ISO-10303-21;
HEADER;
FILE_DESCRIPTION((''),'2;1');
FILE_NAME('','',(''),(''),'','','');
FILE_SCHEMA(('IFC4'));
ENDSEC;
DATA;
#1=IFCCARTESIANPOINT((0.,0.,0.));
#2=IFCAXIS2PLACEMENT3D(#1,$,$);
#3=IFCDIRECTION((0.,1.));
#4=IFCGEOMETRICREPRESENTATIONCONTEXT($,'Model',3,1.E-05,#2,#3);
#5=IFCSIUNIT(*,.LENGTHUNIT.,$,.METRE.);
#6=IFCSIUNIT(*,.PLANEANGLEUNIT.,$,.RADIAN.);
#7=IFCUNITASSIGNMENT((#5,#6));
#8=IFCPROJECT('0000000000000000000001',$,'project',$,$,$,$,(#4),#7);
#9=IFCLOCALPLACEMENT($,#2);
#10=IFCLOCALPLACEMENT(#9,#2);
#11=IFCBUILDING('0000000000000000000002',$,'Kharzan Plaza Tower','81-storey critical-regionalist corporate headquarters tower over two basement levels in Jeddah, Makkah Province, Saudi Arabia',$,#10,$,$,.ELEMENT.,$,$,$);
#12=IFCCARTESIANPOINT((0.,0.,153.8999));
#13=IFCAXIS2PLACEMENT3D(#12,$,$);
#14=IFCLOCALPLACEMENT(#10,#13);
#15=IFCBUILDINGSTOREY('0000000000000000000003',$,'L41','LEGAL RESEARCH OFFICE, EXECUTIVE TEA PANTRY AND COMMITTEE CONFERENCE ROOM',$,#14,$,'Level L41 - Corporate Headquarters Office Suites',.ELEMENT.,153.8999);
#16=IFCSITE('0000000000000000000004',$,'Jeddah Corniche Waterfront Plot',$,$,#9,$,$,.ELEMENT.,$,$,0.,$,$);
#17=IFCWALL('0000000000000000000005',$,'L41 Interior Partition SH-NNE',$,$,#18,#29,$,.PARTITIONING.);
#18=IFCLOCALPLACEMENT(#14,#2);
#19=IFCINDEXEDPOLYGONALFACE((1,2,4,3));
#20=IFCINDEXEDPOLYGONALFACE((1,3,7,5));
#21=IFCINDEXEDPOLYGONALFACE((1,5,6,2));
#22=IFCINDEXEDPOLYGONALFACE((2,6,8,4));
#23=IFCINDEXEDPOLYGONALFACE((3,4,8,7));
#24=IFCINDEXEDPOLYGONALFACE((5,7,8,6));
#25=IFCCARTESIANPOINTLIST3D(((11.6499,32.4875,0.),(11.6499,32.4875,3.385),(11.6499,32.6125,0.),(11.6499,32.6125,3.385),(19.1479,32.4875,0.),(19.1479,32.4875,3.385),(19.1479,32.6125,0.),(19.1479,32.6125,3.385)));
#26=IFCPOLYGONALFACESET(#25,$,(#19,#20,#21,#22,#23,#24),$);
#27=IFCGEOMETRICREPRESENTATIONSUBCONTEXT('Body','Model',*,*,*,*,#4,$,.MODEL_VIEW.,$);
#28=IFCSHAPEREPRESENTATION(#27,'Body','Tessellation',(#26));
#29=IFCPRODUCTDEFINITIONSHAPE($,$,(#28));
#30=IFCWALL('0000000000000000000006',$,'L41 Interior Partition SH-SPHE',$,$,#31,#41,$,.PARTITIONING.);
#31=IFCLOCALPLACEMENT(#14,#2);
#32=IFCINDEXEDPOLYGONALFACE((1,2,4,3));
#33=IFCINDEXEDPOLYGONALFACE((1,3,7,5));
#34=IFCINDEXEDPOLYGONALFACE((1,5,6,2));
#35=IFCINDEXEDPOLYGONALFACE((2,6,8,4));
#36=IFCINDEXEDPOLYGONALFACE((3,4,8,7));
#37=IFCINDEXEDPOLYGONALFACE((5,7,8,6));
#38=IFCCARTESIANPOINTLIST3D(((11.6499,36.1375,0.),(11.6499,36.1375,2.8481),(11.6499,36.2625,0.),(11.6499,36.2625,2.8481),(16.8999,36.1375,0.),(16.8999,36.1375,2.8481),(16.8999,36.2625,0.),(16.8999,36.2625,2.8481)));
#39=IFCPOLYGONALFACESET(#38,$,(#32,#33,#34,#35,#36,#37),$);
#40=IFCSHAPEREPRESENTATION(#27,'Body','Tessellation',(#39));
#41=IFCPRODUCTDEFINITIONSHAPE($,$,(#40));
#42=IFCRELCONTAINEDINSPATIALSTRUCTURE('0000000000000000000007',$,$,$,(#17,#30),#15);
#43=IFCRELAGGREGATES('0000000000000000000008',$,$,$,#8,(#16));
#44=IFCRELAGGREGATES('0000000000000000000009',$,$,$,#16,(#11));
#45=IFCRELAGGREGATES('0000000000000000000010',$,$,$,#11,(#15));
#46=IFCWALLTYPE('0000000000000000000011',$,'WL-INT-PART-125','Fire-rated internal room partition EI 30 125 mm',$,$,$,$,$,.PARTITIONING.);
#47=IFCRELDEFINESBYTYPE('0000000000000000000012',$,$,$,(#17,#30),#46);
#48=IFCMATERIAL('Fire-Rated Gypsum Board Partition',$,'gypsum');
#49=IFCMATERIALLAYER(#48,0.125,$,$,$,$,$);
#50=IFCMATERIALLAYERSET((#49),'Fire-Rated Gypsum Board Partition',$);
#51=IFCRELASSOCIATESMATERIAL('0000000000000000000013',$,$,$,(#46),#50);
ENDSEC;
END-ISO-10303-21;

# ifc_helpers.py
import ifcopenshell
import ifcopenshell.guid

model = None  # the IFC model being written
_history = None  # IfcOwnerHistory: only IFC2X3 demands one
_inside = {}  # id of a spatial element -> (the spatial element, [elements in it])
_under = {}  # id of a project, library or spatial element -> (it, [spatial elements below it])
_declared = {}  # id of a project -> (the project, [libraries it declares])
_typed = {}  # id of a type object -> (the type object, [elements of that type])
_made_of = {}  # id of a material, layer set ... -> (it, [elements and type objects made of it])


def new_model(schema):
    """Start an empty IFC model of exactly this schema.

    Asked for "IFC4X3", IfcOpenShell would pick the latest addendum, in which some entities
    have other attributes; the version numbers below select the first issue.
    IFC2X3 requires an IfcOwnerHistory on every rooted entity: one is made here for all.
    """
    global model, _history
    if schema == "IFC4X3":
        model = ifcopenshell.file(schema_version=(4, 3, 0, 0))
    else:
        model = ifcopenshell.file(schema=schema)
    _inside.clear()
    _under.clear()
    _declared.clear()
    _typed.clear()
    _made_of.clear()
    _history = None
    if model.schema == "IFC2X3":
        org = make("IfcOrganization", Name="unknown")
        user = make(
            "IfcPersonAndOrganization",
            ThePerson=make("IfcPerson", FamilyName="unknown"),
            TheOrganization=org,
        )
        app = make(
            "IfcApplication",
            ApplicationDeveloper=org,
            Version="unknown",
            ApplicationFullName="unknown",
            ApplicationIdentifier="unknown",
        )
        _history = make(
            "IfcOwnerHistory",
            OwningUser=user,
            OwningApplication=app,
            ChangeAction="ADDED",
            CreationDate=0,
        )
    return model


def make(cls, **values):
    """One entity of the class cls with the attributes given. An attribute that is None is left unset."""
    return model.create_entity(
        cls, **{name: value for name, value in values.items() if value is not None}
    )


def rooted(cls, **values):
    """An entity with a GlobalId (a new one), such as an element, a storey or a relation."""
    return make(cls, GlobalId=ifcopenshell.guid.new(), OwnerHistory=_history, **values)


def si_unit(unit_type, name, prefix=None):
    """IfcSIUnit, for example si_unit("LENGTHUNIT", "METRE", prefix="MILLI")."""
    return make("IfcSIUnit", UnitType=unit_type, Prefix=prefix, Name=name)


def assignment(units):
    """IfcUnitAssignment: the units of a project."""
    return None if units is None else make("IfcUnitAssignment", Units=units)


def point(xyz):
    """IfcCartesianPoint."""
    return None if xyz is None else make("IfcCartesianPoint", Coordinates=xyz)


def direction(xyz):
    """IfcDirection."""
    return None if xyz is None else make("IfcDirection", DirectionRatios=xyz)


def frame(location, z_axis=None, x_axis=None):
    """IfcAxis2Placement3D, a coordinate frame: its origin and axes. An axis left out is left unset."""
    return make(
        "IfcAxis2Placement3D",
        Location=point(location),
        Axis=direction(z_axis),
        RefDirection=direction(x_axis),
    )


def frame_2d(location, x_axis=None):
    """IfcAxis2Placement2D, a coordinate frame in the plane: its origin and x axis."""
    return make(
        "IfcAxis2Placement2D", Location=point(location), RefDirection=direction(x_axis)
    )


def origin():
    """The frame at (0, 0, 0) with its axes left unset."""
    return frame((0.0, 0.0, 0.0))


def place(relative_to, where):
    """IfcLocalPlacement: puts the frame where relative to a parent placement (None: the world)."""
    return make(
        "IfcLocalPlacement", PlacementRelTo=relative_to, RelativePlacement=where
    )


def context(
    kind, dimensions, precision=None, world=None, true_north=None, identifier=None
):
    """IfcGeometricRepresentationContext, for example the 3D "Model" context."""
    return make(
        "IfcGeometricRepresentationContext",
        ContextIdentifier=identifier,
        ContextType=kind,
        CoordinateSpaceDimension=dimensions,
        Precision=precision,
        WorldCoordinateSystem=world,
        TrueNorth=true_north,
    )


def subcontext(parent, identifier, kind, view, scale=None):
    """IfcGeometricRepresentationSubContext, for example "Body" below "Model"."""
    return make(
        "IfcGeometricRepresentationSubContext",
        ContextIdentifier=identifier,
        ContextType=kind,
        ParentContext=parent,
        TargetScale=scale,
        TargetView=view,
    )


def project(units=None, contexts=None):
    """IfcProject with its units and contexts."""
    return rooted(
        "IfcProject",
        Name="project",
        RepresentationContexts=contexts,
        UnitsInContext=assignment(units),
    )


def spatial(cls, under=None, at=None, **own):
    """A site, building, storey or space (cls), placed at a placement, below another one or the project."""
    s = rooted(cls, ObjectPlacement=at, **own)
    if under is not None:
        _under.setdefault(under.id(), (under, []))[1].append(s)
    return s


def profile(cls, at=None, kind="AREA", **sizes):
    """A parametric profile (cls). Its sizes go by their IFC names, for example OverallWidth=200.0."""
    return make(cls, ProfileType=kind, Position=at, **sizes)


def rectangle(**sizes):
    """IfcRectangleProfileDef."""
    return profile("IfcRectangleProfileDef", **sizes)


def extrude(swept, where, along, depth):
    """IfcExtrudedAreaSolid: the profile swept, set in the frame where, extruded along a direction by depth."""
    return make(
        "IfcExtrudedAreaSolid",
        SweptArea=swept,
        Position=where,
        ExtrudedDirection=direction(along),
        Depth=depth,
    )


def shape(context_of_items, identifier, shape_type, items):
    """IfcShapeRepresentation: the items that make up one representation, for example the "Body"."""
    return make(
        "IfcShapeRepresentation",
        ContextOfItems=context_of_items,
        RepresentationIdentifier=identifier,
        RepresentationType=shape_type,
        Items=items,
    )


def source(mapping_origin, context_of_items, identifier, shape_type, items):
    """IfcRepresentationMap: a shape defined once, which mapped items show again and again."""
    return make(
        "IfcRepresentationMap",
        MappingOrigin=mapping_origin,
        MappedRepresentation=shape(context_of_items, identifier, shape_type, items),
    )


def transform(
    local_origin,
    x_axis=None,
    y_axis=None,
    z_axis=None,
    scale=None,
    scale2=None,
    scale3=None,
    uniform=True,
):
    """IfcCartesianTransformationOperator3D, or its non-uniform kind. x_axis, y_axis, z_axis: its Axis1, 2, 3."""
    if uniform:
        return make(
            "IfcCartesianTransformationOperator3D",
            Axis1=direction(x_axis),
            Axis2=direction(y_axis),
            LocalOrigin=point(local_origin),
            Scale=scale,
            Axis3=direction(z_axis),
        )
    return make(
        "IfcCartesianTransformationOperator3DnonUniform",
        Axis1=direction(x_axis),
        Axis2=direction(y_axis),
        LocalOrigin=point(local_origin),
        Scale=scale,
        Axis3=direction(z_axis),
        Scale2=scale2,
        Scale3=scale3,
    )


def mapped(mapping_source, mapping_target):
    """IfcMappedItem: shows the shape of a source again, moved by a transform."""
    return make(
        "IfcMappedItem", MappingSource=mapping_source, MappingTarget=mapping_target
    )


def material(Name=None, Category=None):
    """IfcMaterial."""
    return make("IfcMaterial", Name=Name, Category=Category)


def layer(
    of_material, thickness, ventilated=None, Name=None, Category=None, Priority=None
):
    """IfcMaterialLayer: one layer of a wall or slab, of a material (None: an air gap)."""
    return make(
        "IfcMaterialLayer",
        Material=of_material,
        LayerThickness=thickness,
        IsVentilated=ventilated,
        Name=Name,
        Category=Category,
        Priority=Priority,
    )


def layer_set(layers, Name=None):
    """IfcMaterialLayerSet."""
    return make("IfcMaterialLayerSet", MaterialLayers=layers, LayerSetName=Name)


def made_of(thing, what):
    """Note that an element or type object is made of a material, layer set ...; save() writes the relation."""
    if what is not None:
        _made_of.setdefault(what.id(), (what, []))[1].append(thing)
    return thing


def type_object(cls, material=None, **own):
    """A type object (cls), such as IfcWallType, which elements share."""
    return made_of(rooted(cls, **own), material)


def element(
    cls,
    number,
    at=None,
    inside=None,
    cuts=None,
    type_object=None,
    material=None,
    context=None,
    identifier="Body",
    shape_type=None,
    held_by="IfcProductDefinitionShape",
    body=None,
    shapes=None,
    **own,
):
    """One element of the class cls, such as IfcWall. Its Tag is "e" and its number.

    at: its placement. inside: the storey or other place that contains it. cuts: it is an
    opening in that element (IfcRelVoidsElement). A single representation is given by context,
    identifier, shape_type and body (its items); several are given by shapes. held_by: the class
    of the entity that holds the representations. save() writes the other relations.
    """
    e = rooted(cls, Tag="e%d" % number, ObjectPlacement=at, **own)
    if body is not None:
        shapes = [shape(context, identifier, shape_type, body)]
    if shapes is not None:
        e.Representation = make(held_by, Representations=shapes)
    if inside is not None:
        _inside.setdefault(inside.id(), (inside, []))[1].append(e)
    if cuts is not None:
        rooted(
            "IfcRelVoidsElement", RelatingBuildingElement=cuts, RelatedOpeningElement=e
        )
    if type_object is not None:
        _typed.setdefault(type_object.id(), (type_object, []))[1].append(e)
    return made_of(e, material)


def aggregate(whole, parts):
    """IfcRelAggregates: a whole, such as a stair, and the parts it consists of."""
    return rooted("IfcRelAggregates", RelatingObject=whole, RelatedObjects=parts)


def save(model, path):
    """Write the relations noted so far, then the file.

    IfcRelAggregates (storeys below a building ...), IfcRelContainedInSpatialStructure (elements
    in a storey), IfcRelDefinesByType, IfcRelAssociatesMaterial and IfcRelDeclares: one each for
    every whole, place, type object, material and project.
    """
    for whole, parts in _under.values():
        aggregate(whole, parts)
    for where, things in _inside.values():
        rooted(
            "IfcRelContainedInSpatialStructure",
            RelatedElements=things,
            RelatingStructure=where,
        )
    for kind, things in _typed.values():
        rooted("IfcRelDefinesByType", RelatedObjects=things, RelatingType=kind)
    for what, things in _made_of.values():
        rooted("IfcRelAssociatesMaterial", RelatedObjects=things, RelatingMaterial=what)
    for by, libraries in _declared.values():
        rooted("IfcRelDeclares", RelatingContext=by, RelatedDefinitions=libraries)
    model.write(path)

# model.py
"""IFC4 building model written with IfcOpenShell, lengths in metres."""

from ifc_helpers import new_model, si_unit, direction, frame, frame_2d, origin, place, context, subcontext, project, spatial, rectangle, extrude, source, transform, mapped, material, layer, layer_set, type_object, element, save


model = new_model("IFC4")

# Units and contexts
model_context = context("Model", 3, precision=1e-05, world=origin(), true_north=direction((0.0, 1.0)))
body_context = subcontext(model_context, "Body", "Model", "MODEL_VIEW")
ifc_project = project(units=[si_unit("LENGTHUNIT", "METRE"), si_unit("PLANEANGLEUNIT", "RADIAN")], contexts=[model_context])

# Site, building, storey
site_placement = place(None, origin())
site = spatial("IfcSite", under=ifc_project, at=site_placement, Name="Jeddah Corniche Waterfront Plot", CompositionType="ELEMENT", RefElevation=0.0)
building_placement = place(site_placement, origin())
building = spatial("IfcBuilding", under=site, at=building_placement, Name="Kharzan Plaza Tower", Description="81-storey critical-regionalist corporate headquarters tower over two basement levels in Jeddah, Makkah Province, Saudi Arabia", CompositionType="ELEMENT")
storey_placement = place(building_placement, frame((0.0, 0.0, 153.8999)))
storey = spatial("IfcBuildingStorey", under=building, at=storey_placement, Name="L41", Description="LEGAL RESEARCH OFFICE, EXECUTIVE TEA PANTRY AND COMMITTEE CONFERENCE ROOM", LongName="Level L41 - Corporate Headquarters Office Suites", CompositionType="ELEMENT", Elevation=153.8999)

# Shared definitions
ifc_material_1 = material(Name="Fire-Rated Gypsum Board Partition", Category="gypsum")
ifc_layer_1 = layer(ifc_material_1, 0.125)
ifc_layer_set_1 = layer_set([ifc_layer_1], Name="Fire-Rated Gypsum Board Partition")
wall_type_1 = type_object("IfcWallType", Name="WL-INT-PART-125", Description="Fire-rated internal room partition EI 30 125 mm", PredefinedType="PARTITIONING", material=ifc_layer_set_1)

# Walls
shared_shape_1 = source(origin(), body_context, "Body", "SweptSolid", [
    extrude(rectangle(XDim=7.498, YDim=0.125, at=frame_2d((3.749, 0.0))), origin(), (0.0, 0.0, 1.0), 3.385),
])
wall_1_placement = place(storey_placement, frame((11.6499, 32.55, 0.0), z_axis=(0.0, 0.0, 1.0), x_axis=(1.0, 0.0, 0.0)))
element("IfcWall", 1, at=wall_1_placement, inside=storey, type_object=wall_type_1, Name="L41 Interior Partition SH-NNE", PredefinedType="PARTITIONING", context=body_context, shape_type="MappedRepresentation", body=[
    mapped(shared_shape_1, transform((0.0, 0.0, 0.0), x_axis=(1.0, 0.0, 0.0), y_axis=(0.0, 1.0, 0.0), z_axis=(0.0, 0.0, 1.0))),
])
shared_shape_2 = source(origin(), body_context, "Body", "SweptSolid", [
    extrude(rectangle(XDim=5.25, YDim=0.125, at=frame_2d((2.625, 0.0))), origin(), (0.0, 0.0, 1.0), 2.8481),
])
wall_2_placement = place(storey_placement, frame((11.6499, 36.2, 0.0), z_axis=(0.0, 0.0, 1.0), x_axis=(1.0, 0.0, 0.0)))
element("IfcWall", 2, at=wall_2_placement, inside=storey, type_object=wall_type_1, Name="L41 Interior Partition SH-SPHE", PredefinedType="PARTITIONING", context=body_context, shape_type="MappedRepresentation", body=[
    mapped(shared_shape_2, transform((0.0, 0.0, 0.0), x_axis=(1.0, 0.0, 0.0), y_axis=(0.0, 1.0, 0.0), z_axis=(0.0, 0.0, 1.0))),
])

save(model, "model.ifc")
